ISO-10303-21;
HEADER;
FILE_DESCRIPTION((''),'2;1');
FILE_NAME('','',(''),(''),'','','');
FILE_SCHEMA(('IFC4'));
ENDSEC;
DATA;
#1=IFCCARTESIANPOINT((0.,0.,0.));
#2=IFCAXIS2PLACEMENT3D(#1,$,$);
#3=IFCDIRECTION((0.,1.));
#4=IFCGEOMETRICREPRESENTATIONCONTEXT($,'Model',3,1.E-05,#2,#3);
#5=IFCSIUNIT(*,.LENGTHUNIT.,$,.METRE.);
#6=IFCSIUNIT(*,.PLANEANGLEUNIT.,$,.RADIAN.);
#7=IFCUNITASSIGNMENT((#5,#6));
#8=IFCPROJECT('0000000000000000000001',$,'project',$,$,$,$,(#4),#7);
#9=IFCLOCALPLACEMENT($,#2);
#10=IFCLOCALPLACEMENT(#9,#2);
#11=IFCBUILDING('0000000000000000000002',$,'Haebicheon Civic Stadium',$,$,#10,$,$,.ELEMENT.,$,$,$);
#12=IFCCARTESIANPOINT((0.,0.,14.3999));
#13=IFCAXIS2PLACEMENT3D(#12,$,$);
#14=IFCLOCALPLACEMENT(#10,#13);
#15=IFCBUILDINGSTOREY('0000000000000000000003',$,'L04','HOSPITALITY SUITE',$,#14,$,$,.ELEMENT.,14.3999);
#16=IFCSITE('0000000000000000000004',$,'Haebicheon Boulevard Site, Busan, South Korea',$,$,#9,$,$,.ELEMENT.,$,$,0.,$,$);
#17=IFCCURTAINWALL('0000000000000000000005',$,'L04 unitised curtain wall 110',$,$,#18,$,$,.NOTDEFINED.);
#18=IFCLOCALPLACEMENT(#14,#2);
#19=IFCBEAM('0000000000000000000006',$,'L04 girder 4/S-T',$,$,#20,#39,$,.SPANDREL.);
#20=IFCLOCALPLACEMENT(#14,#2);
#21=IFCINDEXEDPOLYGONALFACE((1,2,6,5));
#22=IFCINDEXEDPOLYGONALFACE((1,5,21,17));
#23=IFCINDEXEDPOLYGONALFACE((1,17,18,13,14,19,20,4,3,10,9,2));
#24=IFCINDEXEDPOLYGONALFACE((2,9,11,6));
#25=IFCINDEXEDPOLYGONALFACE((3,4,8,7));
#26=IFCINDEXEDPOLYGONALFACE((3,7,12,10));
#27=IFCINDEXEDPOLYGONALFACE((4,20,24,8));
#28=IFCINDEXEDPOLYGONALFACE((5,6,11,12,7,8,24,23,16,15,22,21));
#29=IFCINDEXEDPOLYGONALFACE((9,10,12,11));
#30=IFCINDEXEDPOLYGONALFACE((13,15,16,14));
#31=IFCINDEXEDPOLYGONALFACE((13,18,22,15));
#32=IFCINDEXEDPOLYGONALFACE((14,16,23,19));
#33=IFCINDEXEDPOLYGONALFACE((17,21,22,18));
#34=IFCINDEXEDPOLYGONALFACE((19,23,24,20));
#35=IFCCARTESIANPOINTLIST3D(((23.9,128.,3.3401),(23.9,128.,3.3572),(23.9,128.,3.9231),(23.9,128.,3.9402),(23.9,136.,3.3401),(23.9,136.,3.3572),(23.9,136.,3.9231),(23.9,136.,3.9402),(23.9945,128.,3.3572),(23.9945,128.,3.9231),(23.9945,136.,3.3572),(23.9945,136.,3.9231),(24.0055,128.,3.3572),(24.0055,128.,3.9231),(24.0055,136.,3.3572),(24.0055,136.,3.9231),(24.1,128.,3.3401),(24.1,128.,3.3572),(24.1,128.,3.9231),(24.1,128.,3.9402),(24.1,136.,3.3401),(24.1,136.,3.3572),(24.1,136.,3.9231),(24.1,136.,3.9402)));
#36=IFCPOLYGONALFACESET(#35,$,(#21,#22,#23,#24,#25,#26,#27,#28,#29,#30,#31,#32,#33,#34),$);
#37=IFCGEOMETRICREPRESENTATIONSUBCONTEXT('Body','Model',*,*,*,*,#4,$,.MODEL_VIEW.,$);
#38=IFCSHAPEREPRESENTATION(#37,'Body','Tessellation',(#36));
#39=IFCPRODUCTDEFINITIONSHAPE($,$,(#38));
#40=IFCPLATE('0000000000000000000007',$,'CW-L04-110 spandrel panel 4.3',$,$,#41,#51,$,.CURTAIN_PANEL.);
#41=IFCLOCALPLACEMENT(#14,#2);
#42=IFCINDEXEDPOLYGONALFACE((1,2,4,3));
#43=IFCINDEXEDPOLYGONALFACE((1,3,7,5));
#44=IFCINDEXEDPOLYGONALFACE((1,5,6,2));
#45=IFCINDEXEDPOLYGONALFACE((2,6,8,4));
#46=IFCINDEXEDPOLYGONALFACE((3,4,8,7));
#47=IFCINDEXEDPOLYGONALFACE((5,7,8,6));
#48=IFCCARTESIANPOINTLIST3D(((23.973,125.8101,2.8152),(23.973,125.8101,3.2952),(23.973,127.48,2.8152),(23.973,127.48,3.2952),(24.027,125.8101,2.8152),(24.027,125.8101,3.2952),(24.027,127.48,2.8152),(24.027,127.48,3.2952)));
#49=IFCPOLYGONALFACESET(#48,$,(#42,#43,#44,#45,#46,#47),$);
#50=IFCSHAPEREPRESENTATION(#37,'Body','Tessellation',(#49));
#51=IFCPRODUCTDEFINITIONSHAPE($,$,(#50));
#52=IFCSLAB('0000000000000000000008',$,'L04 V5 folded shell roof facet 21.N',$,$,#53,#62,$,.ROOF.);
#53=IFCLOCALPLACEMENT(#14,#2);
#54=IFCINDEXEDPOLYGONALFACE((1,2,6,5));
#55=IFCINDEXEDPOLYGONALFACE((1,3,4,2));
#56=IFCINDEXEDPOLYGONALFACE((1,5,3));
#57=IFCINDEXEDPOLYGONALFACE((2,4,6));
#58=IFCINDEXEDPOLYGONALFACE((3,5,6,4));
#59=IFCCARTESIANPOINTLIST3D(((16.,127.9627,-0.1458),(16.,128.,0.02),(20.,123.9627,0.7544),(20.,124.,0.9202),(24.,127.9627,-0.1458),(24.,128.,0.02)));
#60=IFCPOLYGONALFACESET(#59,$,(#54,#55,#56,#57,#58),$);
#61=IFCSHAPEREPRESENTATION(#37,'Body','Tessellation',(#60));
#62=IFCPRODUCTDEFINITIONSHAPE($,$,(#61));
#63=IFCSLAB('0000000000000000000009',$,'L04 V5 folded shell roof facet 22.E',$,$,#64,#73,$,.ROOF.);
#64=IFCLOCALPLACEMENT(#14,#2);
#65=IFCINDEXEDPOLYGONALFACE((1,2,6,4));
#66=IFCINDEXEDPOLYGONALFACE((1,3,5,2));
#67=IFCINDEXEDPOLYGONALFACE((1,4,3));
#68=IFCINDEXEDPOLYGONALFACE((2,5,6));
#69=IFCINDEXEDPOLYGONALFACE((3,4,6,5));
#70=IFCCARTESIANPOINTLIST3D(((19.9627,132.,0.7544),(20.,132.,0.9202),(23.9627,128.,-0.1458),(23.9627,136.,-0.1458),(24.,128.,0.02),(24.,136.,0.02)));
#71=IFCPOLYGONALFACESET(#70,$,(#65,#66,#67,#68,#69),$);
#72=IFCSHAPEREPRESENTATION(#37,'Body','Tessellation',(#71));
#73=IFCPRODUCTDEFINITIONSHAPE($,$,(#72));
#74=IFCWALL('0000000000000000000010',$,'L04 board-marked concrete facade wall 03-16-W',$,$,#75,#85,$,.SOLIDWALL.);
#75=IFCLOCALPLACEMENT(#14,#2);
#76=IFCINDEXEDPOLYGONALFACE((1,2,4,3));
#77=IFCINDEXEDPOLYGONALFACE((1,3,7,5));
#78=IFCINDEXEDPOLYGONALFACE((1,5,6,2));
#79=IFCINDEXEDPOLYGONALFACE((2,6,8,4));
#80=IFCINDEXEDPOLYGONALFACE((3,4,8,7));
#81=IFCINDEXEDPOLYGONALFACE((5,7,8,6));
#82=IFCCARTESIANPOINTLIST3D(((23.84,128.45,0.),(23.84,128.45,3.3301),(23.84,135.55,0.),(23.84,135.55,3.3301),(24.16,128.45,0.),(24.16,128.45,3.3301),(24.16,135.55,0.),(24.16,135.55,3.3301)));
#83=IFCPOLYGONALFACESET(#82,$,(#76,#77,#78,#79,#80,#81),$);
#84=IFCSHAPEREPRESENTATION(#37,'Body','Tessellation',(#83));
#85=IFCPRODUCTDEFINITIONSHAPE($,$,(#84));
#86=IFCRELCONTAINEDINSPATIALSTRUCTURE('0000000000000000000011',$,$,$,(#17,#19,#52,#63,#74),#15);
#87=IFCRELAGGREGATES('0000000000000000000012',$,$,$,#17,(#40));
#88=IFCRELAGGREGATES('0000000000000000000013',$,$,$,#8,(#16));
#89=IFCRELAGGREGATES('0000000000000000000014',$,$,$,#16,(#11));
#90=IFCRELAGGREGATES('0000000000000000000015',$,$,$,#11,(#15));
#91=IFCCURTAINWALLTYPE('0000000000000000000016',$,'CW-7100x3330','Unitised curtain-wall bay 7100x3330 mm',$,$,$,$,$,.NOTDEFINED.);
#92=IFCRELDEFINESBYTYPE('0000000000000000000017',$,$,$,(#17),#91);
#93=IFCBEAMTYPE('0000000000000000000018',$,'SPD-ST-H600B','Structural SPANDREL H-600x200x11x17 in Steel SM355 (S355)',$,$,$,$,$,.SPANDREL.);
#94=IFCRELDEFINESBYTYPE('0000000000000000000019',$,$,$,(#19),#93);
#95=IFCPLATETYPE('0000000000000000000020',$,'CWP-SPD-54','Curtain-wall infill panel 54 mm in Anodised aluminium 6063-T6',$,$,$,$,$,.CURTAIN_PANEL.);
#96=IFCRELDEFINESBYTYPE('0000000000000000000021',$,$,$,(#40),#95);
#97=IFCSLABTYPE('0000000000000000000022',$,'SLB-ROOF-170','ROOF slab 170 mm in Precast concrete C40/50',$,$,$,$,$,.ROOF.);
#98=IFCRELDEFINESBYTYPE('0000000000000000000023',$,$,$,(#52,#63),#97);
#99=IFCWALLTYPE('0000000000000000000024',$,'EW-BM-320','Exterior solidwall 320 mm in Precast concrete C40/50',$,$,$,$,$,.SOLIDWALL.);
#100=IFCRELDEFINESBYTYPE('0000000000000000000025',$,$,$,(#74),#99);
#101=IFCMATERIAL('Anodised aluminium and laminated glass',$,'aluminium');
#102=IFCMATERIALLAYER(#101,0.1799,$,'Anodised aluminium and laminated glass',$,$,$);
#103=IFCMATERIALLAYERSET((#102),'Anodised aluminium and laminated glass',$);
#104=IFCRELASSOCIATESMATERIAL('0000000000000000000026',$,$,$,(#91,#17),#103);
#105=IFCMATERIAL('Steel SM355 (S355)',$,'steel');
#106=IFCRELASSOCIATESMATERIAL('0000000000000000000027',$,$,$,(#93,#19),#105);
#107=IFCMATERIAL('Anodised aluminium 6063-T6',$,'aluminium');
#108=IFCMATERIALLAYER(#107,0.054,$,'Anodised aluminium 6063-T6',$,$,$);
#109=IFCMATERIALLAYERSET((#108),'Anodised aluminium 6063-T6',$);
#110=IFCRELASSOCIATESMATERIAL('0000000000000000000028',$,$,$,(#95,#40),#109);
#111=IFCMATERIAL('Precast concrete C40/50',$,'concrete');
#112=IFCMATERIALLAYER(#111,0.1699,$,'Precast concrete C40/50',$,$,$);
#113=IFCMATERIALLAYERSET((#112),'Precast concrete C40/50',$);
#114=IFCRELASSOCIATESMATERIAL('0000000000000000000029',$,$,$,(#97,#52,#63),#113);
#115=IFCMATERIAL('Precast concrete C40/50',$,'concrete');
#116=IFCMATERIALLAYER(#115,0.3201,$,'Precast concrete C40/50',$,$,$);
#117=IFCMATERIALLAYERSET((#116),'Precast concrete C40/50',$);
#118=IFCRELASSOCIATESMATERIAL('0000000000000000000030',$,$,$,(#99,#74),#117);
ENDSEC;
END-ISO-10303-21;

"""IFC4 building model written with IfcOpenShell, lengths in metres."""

from ifc_helpers import new_model, si_unit, direction, frame, frame_2d, origin, origin_2d, place, context, subcontext, project, spatial, polyline, rectangle, i_section, outline, extrude, material, layer, layer_set, material_profile, profile_set, type_object, element, aggregate, save


model = new_model("IFC4")

# Units and contexts
model_context = context("Model", 3, precision=1e-05, world=origin(), true_north=direction((0.0, 1.0)))
body_context = subcontext(model_context, "Body", "Model", "MODEL_VIEW")
ifc_project = project(units=[si_unit("LENGTHUNIT", "METRE"), si_unit("PLANEANGLEUNIT", "RADIAN")], contexts=[model_context])

# Site, building, storey
site_placement = place(None, origin())
site = spatial("IfcSite", under=ifc_project, at=site_placement, Name="Haebicheon Boulevard Site, Busan, South Korea", CompositionType="ELEMENT", RefElevation=0.0)
building_placement = place(site_placement, origin())
building = spatial("IfcBuilding", under=site, at=building_placement, Name="Haebicheon Civic Stadium", CompositionType="ELEMENT")
storey_placement = place(building_placement, frame((0.0, 0.0, 14.3999)))
storey = spatial("IfcBuildingStorey", under=building, at=storey_placement, Name="L04", Description="HOSPITALITY SUITE", CompositionType="ELEMENT", Elevation=14.3999)

# Curtain wall
ifc_material_1 = material(Name="Anodised aluminium and laminated glass", Category="aluminium")
ifc_layer_1 = layer(ifc_material_1, 0.1799, Name="Anodised aluminium and laminated glass")
ifc_layer_set_1 = layer_set([ifc_layer_1], Name="Anodised aluminium and laminated glass")
curtain_wall_type = type_object("IfcCurtainWallType", Name="CW-7100x3330", Description="Unitised curtain-wall bay 7100x3330 mm", PredefinedType="NOTDEFINED", material=ifc_layer_set_1)
curtain_wall_placement = place(storey_placement, origin())
curtain_wall = element("IfcCurtainWall", 1, at=curtain_wall_placement, inside=storey, type_object=curtain_wall_type, material=ifc_layer_set_1, Name="L04 unitised curtain wall 110", PredefinedType="NOTDEFINED")

# Beam
ifc_material_2 = material(Name="Steel SM355 (S355)", Category="steel")
ifc_material_profile_1 = material_profile(ifc_material_2, i_section(OverallWidth=0.2, OverallDepth=0.6001, WebThickness=0.011, FlangeThickness=0.0171, at=origin_2d()), Name="H-600x200x11x17")
ifc_profile_set_1 = profile_set([ifc_material_profile_1], Name="Steel SM355 (S355)")
beam_type_1 = type_object("IfcBeamType", Name="SPD-ST-H600B", Description="Structural SPANDREL H-600x200x11x17 in Steel SM355 (S355)", PredefinedType="SPANDREL", material=ifc_profile_set_1)
beam_1_placement = place(storey_placement, frame((24.0, 128.0, 3.6401), z_axis=(0.0, 1.0, 0.0), x_axis=(-1.0, 0.0, 0.0)))
element("IfcBeam", 2, at=beam_1_placement, inside=storey, type_object=beam_type_1, material=ifc_profile_set_1, Name="L04 girder 4/S-T", PredefinedType="SPANDREL", context=body_context, shape_type="SweptSolid", body=[
    extrude(i_section(OverallWidth=0.2, OverallDepth=0.6001, WebThickness=0.011, FlangeThickness=0.0171, at=origin_2d()), origin(), (0.0, 0.0, 1.0), 8.0),
])

# Plate
ifc_material_3 = material(Name="Anodised aluminium 6063-T6", Category="aluminium")
ifc_layer_2 = layer(ifc_material_3, 0.054, Name="Anodised aluminium 6063-T6")
ifc_layer_set_2 = layer_set([ifc_layer_2], Name="Anodised aluminium 6063-T6")
plate_type = type_object("IfcPlateType", Name="CWP-SPD-54", Description="Curtain-wall infill panel 54 mm in Anodised aluminium 6063-T6", PredefinedType="CURTAIN_PANEL", material=ifc_layer_set_2)
plate_placement = place(storey_placement, frame((24.0, 126.645, 2.8152), z_axis=(0.0, 0.0, 1.0), x_axis=(0.0, 1.0, 0.0)))
plate = element("IfcPlate", 3, at=plate_placement, type_object=plate_type, material=ifc_layer_set_2, Name="CW-L04-110 spandrel panel 4.3", PredefinedType="CURTAIN_PANEL", context=body_context, shape_type="SweptSolid", body=[
    extrude(rectangle(XDim=1.6699, YDim=0.054, at=origin_2d()), origin(), (0.0, 0.0, 1.0), 0.48),
])
aggregate(curtain_wall, [plate])

# Slabs
ifc_material_4 = material(Name="Precast concrete C40/50", Category="concrete")
ifc_layer_3 = layer(ifc_material_4, 0.1699, Name="Precast concrete C40/50")
ifc_layer_set_3 = layer_set([ifc_layer_3], Name="Precast concrete C40/50")
slab_type = type_object("IfcSlabType", Name="SLB-ROOF-170", Description="ROOF slab 170 mm in Precast concrete C40/50", PredefinedType="ROOF", material=ifc_layer_set_3)
for number, where, z_axis, x_axis, name in (
    (4, (24.0, 128.0, 0.02), (0.0, 0.219546, 0.975602), (-1.0, 0.0, 0.0), "L04 V5 folded shell roof facet 21.N"),
    (5, (24.0, 128.0, 0.02), (0.219546, 0.0, 0.975602), (0.0, 1.0, 0.0), "L04 V5 folded shell roof facet 22.E"),
):
    element("IfcSlab", number, at=place(storey_placement, frame(where, z_axis=z_axis, x_axis=x_axis)), inside=storey, type_object=slab_type, material=ifc_layer_set_3, Name=name, PredefinedType="ROOF", context=body_context, shape_type="SweptSolid", body=[
        extrude(outline(polyline([(0.0, 0.0), (8.0, 0.0), (4.0, 4.1), (0.0, 0.0)])), origin(), (0.0, 0.0, -1.0), 0.1699),
    ])

# Wall
ifc_material_5 = material(Name="Precast concrete C40/50", Category="concrete")
ifc_layer_4 = layer(ifc_material_5, 0.3201, Name="Precast concrete C40/50")
ifc_layer_set_4 = layer_set([ifc_layer_4], Name="Precast concrete C40/50")
wall_type_1 = type_object("IfcWallType", Name="EW-BM-320", Description="Exterior solidwall 320 mm in Precast concrete C40/50", PredefinedType="SOLIDWALL", material=ifc_layer_set_4)
wall_1_placement = place(storey_placement, frame((24.0, 128.45, 0.0), z_axis=(0.0, 0.0, 1.0), x_axis=(0.0, 1.0, 0.0)))
element("IfcWall", 6, at=wall_1_placement, inside=storey, type_object=wall_type_1, material=ifc_layer_set_4, Name="L04 board-marked concrete facade wall 03-16-W", PredefinedType="SOLIDWALL", context=body_context, shape_type="SweptSolid", body=[
    extrude(rectangle(XDim=7.1001, YDim=0.3201, at=frame_2d((3.55, 0.0))), origin(), (0.0, 0.0, 1.0), 3.3301),
])

save(model, "model.ifc")
